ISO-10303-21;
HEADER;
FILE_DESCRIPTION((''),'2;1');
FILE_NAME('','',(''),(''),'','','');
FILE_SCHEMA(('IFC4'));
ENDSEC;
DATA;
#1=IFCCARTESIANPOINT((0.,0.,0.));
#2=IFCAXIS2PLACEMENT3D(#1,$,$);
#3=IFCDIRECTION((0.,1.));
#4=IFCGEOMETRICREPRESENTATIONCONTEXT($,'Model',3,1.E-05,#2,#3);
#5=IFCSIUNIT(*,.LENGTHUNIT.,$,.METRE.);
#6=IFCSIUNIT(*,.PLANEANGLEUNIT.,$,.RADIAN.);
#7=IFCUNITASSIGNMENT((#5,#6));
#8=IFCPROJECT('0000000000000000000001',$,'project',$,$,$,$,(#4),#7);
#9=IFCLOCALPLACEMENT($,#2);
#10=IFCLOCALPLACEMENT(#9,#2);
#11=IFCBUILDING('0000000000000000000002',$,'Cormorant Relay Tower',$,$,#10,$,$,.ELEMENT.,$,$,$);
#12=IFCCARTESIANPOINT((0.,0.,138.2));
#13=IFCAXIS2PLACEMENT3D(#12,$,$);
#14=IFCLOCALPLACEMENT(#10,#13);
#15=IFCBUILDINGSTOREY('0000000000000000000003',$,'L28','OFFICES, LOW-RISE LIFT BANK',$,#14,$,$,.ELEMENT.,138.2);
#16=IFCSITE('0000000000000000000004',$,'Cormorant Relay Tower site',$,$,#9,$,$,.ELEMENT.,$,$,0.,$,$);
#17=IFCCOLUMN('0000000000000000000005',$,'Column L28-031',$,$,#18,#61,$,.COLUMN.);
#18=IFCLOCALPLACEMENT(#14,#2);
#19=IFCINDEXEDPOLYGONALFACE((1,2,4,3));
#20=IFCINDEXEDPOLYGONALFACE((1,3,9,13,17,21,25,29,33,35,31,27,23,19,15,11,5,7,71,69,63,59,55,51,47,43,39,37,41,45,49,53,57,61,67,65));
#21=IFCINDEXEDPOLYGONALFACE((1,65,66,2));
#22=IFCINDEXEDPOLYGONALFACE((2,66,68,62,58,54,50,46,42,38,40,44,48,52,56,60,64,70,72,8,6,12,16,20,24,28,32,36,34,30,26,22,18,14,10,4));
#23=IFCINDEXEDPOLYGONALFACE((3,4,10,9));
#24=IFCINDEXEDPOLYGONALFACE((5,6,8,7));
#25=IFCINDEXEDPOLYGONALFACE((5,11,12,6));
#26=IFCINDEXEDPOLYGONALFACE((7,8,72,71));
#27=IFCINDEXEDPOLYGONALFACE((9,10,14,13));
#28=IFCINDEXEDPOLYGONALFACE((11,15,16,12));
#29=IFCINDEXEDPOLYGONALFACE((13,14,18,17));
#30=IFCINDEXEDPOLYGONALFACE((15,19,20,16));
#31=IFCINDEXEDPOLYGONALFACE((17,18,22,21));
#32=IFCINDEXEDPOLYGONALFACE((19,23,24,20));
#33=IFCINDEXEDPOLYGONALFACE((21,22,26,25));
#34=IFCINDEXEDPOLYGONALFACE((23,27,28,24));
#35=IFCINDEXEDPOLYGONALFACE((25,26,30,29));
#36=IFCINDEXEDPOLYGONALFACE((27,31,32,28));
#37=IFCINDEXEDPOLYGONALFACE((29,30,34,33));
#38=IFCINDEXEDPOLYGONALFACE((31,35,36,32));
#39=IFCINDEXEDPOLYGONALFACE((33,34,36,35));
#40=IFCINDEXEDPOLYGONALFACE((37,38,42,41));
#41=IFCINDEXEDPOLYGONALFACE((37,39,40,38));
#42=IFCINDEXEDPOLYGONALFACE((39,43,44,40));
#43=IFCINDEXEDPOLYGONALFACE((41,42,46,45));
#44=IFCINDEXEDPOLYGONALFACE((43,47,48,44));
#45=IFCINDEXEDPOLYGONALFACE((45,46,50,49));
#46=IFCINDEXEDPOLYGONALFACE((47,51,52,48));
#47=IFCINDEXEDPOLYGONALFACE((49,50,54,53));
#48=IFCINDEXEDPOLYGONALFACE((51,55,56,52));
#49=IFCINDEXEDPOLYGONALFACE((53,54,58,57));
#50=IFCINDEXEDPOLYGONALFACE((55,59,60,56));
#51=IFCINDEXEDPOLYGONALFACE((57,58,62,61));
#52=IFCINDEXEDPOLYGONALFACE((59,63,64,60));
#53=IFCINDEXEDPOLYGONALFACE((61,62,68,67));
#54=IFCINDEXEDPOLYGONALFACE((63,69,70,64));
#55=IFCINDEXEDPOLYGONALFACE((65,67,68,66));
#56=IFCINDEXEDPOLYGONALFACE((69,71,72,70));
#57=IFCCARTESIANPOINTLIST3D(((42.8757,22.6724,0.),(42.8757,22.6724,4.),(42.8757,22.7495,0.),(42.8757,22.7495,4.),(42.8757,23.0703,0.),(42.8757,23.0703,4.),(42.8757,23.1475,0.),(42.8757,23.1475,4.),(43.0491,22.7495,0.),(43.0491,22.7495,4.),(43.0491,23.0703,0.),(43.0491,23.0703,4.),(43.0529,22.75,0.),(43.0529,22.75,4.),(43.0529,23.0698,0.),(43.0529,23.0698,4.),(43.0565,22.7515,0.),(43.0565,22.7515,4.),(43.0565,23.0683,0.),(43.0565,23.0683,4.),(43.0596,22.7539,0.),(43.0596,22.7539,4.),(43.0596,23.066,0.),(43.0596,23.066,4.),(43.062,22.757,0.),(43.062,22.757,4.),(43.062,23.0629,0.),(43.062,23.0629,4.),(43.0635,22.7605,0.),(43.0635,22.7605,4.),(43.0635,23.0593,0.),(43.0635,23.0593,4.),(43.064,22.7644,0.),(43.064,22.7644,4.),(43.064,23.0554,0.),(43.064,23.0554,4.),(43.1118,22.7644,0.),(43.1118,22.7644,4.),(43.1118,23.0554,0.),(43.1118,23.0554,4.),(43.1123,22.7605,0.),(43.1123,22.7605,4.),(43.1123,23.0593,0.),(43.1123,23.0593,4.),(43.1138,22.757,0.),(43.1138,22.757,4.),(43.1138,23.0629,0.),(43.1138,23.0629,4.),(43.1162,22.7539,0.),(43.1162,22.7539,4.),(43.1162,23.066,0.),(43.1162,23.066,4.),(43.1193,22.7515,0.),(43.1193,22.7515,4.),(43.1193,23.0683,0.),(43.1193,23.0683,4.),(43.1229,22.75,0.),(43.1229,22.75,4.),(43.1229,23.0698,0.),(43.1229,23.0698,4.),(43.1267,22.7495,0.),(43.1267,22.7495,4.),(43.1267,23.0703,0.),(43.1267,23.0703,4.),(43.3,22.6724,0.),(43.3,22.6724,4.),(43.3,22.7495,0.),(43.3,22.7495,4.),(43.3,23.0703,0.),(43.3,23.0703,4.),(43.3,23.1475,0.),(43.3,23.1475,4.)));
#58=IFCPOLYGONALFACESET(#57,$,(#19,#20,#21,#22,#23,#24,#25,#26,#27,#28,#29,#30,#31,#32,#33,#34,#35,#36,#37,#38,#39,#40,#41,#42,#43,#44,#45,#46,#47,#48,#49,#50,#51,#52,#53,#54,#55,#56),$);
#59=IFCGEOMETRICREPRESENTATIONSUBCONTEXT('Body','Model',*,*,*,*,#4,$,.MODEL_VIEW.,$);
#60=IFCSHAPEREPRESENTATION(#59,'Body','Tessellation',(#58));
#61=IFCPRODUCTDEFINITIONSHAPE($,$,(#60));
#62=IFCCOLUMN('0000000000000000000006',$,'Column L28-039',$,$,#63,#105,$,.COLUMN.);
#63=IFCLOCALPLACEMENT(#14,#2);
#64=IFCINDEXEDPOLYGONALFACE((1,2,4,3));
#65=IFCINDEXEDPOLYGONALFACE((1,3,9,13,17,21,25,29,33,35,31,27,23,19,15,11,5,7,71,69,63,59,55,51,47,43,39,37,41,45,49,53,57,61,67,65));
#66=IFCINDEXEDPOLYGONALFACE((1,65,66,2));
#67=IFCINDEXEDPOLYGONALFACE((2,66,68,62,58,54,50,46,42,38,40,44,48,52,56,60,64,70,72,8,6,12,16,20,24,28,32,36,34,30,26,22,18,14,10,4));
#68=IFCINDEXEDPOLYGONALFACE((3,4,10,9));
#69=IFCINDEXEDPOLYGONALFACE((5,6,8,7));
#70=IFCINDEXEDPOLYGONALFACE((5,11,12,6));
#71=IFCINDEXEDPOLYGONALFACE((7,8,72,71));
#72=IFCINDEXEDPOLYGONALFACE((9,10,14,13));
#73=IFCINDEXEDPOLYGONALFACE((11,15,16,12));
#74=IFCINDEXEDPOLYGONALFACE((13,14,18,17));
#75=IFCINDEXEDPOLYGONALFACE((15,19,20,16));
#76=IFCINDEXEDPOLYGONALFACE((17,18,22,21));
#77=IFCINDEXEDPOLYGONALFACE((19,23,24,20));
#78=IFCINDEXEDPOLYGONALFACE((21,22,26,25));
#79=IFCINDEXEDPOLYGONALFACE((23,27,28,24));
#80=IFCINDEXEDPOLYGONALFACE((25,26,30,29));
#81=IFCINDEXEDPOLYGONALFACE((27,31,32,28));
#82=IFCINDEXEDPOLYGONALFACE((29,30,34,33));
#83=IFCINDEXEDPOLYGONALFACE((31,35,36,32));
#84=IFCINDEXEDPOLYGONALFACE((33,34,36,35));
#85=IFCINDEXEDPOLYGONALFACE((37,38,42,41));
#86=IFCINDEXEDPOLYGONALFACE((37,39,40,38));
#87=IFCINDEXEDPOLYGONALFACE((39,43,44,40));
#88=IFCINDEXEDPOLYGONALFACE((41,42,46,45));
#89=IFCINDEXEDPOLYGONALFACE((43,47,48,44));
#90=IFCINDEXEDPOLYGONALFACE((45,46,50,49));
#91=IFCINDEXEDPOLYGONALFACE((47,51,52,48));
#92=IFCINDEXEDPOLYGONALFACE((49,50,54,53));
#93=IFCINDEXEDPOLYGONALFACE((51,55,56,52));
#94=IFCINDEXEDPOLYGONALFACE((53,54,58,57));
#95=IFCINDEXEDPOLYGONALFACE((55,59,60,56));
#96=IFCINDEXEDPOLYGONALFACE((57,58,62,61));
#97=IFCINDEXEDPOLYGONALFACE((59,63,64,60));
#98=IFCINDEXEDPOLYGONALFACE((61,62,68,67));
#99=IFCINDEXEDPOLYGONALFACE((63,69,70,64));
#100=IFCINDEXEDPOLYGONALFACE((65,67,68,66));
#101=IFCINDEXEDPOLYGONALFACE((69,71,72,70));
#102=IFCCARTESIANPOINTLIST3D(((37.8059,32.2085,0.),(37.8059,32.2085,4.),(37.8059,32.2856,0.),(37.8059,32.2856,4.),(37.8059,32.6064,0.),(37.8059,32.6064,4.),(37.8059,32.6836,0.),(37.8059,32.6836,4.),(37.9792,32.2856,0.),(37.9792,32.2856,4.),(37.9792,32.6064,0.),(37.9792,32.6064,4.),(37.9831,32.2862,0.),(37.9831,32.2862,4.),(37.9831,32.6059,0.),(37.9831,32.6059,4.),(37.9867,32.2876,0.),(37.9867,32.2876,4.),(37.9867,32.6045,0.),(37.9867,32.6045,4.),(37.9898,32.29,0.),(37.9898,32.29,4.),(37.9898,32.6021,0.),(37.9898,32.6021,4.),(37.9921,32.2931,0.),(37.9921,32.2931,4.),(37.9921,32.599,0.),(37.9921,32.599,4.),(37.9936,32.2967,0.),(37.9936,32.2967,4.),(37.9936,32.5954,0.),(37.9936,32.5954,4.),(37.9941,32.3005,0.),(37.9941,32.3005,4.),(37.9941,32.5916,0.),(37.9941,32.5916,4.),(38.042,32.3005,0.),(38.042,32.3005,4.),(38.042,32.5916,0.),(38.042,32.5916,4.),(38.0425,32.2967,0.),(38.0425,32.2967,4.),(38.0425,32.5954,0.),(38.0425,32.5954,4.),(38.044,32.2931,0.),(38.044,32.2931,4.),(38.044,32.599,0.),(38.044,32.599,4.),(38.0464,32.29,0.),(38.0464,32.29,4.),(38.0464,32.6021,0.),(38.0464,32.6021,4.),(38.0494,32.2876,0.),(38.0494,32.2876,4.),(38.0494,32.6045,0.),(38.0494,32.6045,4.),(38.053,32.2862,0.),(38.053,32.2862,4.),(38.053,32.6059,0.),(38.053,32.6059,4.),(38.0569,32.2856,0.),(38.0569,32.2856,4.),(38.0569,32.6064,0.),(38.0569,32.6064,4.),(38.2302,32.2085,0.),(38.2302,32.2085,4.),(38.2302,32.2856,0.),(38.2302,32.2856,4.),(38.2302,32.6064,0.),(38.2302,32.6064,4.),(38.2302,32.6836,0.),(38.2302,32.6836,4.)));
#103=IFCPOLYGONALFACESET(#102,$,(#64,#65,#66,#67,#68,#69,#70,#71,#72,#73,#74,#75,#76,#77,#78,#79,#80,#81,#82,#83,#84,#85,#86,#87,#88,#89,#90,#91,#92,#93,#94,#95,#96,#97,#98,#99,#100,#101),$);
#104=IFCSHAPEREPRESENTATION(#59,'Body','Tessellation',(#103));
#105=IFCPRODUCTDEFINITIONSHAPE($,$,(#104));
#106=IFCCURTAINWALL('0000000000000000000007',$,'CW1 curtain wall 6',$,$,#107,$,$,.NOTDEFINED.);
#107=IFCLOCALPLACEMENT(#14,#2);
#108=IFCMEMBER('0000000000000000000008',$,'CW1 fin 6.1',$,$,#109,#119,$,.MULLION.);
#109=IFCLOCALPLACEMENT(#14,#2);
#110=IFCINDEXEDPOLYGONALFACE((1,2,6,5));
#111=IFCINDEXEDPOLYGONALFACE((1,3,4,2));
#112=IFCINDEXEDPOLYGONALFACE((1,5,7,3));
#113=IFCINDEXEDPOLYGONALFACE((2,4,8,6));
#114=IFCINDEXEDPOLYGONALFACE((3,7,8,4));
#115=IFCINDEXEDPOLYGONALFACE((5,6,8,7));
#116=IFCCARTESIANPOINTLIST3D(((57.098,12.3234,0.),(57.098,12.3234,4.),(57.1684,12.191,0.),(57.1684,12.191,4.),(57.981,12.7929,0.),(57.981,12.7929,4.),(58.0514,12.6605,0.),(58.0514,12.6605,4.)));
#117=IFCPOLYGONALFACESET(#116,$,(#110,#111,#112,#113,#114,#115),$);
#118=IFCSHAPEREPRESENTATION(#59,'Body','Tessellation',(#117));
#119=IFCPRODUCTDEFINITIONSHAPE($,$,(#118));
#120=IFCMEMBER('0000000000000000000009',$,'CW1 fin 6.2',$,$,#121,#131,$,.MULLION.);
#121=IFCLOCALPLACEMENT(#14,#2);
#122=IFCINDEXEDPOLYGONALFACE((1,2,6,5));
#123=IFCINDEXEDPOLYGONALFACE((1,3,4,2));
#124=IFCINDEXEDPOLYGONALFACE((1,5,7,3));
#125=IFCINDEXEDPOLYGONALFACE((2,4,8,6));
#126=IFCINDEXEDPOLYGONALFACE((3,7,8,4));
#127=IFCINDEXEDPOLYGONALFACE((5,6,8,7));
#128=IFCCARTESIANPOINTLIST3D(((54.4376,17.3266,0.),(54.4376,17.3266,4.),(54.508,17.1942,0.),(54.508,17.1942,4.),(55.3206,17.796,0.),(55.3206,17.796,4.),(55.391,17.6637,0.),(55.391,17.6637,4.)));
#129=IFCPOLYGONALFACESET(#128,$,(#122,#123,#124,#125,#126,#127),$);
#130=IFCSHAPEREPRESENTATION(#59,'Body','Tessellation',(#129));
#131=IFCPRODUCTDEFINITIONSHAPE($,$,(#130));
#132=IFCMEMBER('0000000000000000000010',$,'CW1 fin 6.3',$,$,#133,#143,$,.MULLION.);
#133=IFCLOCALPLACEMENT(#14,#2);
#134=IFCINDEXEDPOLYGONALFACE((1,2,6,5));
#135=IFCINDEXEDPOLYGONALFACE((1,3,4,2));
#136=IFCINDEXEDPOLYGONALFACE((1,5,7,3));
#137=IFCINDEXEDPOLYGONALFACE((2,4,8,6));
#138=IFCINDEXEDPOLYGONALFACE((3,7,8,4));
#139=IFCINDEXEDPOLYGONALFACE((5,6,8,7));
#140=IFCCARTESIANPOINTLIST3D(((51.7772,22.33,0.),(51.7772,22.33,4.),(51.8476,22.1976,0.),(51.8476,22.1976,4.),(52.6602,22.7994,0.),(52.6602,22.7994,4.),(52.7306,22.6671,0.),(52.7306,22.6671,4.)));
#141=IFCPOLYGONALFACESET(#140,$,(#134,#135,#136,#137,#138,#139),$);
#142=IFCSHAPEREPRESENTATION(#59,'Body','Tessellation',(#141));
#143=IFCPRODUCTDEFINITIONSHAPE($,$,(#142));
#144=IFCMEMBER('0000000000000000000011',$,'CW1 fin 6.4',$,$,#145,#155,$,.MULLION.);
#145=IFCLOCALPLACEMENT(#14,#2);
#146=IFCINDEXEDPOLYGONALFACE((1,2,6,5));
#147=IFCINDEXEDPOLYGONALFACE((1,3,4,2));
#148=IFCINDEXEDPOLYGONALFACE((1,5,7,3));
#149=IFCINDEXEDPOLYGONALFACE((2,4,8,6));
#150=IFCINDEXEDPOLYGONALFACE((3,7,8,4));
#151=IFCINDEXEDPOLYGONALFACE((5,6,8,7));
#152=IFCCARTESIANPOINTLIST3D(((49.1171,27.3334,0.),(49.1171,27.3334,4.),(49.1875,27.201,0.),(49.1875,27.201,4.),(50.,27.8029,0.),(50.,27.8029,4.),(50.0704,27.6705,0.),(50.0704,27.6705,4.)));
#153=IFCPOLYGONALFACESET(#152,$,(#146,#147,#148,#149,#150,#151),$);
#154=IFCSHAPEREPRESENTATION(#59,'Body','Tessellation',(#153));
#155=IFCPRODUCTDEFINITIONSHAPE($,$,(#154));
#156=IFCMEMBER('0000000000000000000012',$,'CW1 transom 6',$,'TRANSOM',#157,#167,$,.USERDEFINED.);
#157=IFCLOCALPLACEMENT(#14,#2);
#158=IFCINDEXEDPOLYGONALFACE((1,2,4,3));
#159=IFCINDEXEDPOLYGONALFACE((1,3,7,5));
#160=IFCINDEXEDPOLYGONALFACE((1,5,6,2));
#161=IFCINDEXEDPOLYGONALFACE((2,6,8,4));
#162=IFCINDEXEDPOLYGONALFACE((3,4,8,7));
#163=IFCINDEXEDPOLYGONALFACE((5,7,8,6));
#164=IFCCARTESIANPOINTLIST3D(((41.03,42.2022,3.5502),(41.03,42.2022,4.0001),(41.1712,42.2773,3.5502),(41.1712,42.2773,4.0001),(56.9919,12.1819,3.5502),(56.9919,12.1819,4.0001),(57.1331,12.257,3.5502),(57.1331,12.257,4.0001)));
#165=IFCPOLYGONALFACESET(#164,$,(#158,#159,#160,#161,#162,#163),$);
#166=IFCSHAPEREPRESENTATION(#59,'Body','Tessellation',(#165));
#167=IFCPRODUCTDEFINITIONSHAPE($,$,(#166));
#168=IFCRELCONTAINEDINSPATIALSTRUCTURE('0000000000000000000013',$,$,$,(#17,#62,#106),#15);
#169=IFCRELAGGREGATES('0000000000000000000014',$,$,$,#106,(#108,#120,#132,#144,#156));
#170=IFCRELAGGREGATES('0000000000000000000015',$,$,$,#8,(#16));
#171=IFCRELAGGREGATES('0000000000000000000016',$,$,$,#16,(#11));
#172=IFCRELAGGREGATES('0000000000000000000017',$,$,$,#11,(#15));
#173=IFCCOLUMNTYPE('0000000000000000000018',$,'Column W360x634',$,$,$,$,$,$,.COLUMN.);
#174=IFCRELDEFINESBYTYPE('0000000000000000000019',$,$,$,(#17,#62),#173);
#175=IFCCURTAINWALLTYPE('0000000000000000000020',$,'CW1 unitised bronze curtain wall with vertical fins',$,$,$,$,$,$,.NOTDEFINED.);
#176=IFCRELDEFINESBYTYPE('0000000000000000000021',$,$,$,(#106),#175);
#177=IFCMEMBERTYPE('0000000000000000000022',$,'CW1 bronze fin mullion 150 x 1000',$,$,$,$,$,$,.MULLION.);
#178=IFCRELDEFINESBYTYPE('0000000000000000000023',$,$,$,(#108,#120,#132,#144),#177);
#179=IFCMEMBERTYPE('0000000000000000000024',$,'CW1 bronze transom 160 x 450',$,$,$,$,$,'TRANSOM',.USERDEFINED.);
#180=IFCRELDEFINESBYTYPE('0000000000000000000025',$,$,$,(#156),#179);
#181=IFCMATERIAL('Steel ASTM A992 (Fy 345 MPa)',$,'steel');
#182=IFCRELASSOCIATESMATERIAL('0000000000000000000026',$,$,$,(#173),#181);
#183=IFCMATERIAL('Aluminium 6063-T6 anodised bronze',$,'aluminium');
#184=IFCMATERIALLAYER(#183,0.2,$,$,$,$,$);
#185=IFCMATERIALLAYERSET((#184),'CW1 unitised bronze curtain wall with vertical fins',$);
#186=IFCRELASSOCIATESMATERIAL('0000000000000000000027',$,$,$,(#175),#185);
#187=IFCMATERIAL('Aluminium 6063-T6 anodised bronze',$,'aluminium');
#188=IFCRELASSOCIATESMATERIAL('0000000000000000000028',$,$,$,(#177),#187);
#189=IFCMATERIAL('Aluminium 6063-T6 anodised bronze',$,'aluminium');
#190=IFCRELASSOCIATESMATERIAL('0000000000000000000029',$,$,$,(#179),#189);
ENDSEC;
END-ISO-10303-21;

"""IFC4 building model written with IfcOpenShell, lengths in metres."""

from ifc_helpers import new_model, si_unit, direction, frame, origin, origin_2d, place, context, subcontext, project, spatial, rectangle, i_section, extrude, material, layer, layer_set, material_profile, profile_set, type_object, element, aggregate, save


model = new_model("IFC4")

# Units and contexts
model_context = context("Model", 3, precision=1e-05, world=origin(), true_north=direction((0.0, 1.0)))
body_context = subcontext(model_context, "Body", "Model", "MODEL_VIEW")
ifc_project = project(units=[si_unit("LENGTHUNIT", "METRE"), si_unit("PLANEANGLEUNIT", "RADIAN")], contexts=[model_context])

# Site, building, storey
site_placement = place(None, origin())
site = spatial("IfcSite", under=ifc_project, at=site_placement, Name="Cormorant Relay Tower site", CompositionType="ELEMENT", RefElevation=0.0)
building_placement = place(site_placement, origin())
building = spatial("IfcBuilding", under=site, at=building_placement, Name="Cormorant Relay Tower", CompositionType="ELEMENT")
storey_placement = place(building_placement, frame((0.0, 0.0, 138.2)))
storey = spatial("IfcBuildingStorey", under=building, at=storey_placement, Name="L28", Description="OFFICES, LOW-RISE LIFT BANK", CompositionType="ELEMENT", Elevation=138.2)

# Columns
ifc_material_1 = material(Name="Steel ASTM A992 (Fy 345 MPa)", Category="steel")
ifc_material_profile_1 = material_profile(ifc_material_1, i_section(OverallWidth=0.4243, OverallDepth=0.4751, WebThickness=0.0479, FlangeThickness=0.0771, FilletRadius=0.0149, at=origin_2d()), Name="W360x634")
ifc_profile_set_1 = profile_set([ifc_material_profile_1], Name="Steel ASTM A992 (Fy 345 MPa)")
column_type_1 = type_object("IfcColumnType", Name="Column W360x634", PredefinedType="COLUMN", material=ifc_profile_set_1)
for number, where, z_axis, x_axis, name in (
    (1, (43.0879, 22.9099, 0.0), (0.0, 0.0, 1.0), (1.0, 0.0, 0.0), "Column L28-031"),
    (2, (38.0181, 32.446, 0.0), (0.0, 0.0, 1.0), (1.0, 0.0, 0.0), "Column L28-039"),
):
    element("IfcColumn", number, at=place(storey_placement, frame(where, z_axis=z_axis, x_axis=x_axis)), inside=storey, type_object=column_type_1, Name=name, PredefinedType="COLUMN", context=body_context, shape_type="SweptSolid", body=[
        extrude(i_section(OverallWidth=0.4243, OverallDepth=0.4751, WebThickness=0.0479, FlangeThickness=0.0771, FilletRadius=0.0149, at=origin_2d()), origin(), (0.0, 0.0, 1.0), 4.0),
    ])

# Curtain wall, members
ifc_material_2 = material(Name="Aluminium 6063-T6 anodised bronze", Category="aluminium")
ifc_layer_1 = layer(ifc_material_2, 0.2)
ifc_layer_set_1 = layer_set([ifc_layer_1], Name="CW1 unitised bronze curtain wall with vertical fins")
curtain_wall_type = type_object("IfcCurtainWallType", Name="CW1 unitised bronze curtain wall with vertical fins", PredefinedType="NOTDEFINED", material=ifc_layer_set_1)
curtain_wall_1_placement = place(storey_placement, origin())
curtain_wall_1 = element("IfcCurtainWall", 3, at=curtain_wall_1_placement, inside=storey, type_object=curtain_wall_type, Name="CW1 curtain wall 6", PredefinedType="NOTDEFINED")
ifc_material_3 = material(Name="Aluminium 6063-T6 anodised bronze", Category="aluminium")
ifc_material_profile_2 = material_profile(ifc_material_3, rectangle(XDim=0.1499, YDim=1.0, at=origin_2d()), Name="AL 150x1000")
ifc_profile_set_2 = profile_set([ifc_material_profile_2], Name="Aluminium 6063-T6 anodised bronze")
member_type_1 = type_object("IfcMemberType", Name="CW1 bronze fin mullion 150 x 1000", PredefinedType="MULLION", material=ifc_profile_set_2)
member_1_placement = place(storey_placement, frame((57.5747, 12.4919, 0.0), z_axis=(0.0, 0.0, 1.0), x_axis=(-0.469472, 0.882948, 0.0)))
member_1 = element("IfcMember", 4, at=member_1_placement, type_object=member_type_1, Name="CW1 fin 6.1", PredefinedType="MULLION", context=body_context, shape_type="SweptSolid", body=[
    extrude(rectangle(XDim=0.1499, YDim=1.0, at=origin_2d()), origin(), (0.0, 0.0, 1.0), 4.0),
])
member_2_placement = place(storey_placement, frame((54.9143, 17.4951, 0.0), z_axis=(0.0, 0.0, 1.0), x_axis=(-0.469472, 0.882948, 0.0)))
member_2 = element("IfcMember", 5, at=member_2_placement, type_object=member_type_1, Name="CW1 fin 6.2", PredefinedType="MULLION", context=body_context, shape_type="SweptSolid", body=[
    extrude(rectangle(XDim=0.1499, YDim=1.0, at=origin_2d()), origin(), (0.0, 0.0, 1.0), 4.0),
])
member_3_placement = place(storey_placement, frame((52.2539, 22.4985, 0.0), z_axis=(0.0, 0.0, 1.0), x_axis=(-0.469472, 0.882948, 0.0)))
member_3 = element("IfcMember", 6, at=member_3_placement, type_object=member_type_1, Name="CW1 fin 6.3", PredefinedType="MULLION", context=body_context, shape_type="SweptSolid", body=[
    extrude(rectangle(XDim=0.1499, YDim=1.0, at=origin_2d()), origin(), (0.0, 0.0, 1.0), 4.0),
])
member_4_placement = place(storey_placement, frame((49.5938, 27.502, 0.0), z_axis=(0.0, 0.0, 1.0), x_axis=(-0.469472, 0.882948, 0.0)))
member_4 = element("IfcMember", 7, at=member_4_placement, type_object=member_type_1, Name="CW1 fin 6.4", PredefinedType="MULLION", context=body_context, shape_type="SweptSolid", body=[
    extrude(rectangle(XDim=0.1499, YDim=1.0, at=origin_2d()), origin(), (0.0, 0.0, 1.0), 4.0),
])
ifc_material_4 = material(Name="Aluminium 6063-T6 anodised bronze", Category="aluminium")
ifc_material_profile_3 = material_profile(ifc_material_4, rectangle(XDim=0.1599, YDim=0.45, at=origin_2d()), Name="AL 160x450")
ifc_profile_set_3 = profile_set([ifc_material_profile_3], Name="Aluminium 6063-T6 anodised bronze")
member_type_2 = type_object("IfcMemberType", Name="CW1 bronze transom 160 x 450", ElementType="TRANSOM", PredefinedType="USERDEFINED", material=ifc_profile_set_3)
member_5_placement = place(storey_placement, frame((57.0625, 12.2195, 3.7751), z_axis=(-0.469468, 0.882949, 0.0), x_axis=(-0.882949, -0.469468, 0.0)))
member_5 = element("IfcMember", 8, at=member_5_placement, type_object=member_type_2, Name="CW1 transom 6", ObjectType="TRANSOM", PredefinedType="USERDEFINED", context=body_context, shape_type="SweptSolid", body=[
    extrude(rectangle(XDim=0.1599, YDim=0.45, at=origin_2d()), origin(), (0.0, 0.0, 1.0), 34.0),
])

aggregate(curtain_wall_1, [member_1, member_2, member_3, member_4, member_5])

save(model, "model.ifc")
